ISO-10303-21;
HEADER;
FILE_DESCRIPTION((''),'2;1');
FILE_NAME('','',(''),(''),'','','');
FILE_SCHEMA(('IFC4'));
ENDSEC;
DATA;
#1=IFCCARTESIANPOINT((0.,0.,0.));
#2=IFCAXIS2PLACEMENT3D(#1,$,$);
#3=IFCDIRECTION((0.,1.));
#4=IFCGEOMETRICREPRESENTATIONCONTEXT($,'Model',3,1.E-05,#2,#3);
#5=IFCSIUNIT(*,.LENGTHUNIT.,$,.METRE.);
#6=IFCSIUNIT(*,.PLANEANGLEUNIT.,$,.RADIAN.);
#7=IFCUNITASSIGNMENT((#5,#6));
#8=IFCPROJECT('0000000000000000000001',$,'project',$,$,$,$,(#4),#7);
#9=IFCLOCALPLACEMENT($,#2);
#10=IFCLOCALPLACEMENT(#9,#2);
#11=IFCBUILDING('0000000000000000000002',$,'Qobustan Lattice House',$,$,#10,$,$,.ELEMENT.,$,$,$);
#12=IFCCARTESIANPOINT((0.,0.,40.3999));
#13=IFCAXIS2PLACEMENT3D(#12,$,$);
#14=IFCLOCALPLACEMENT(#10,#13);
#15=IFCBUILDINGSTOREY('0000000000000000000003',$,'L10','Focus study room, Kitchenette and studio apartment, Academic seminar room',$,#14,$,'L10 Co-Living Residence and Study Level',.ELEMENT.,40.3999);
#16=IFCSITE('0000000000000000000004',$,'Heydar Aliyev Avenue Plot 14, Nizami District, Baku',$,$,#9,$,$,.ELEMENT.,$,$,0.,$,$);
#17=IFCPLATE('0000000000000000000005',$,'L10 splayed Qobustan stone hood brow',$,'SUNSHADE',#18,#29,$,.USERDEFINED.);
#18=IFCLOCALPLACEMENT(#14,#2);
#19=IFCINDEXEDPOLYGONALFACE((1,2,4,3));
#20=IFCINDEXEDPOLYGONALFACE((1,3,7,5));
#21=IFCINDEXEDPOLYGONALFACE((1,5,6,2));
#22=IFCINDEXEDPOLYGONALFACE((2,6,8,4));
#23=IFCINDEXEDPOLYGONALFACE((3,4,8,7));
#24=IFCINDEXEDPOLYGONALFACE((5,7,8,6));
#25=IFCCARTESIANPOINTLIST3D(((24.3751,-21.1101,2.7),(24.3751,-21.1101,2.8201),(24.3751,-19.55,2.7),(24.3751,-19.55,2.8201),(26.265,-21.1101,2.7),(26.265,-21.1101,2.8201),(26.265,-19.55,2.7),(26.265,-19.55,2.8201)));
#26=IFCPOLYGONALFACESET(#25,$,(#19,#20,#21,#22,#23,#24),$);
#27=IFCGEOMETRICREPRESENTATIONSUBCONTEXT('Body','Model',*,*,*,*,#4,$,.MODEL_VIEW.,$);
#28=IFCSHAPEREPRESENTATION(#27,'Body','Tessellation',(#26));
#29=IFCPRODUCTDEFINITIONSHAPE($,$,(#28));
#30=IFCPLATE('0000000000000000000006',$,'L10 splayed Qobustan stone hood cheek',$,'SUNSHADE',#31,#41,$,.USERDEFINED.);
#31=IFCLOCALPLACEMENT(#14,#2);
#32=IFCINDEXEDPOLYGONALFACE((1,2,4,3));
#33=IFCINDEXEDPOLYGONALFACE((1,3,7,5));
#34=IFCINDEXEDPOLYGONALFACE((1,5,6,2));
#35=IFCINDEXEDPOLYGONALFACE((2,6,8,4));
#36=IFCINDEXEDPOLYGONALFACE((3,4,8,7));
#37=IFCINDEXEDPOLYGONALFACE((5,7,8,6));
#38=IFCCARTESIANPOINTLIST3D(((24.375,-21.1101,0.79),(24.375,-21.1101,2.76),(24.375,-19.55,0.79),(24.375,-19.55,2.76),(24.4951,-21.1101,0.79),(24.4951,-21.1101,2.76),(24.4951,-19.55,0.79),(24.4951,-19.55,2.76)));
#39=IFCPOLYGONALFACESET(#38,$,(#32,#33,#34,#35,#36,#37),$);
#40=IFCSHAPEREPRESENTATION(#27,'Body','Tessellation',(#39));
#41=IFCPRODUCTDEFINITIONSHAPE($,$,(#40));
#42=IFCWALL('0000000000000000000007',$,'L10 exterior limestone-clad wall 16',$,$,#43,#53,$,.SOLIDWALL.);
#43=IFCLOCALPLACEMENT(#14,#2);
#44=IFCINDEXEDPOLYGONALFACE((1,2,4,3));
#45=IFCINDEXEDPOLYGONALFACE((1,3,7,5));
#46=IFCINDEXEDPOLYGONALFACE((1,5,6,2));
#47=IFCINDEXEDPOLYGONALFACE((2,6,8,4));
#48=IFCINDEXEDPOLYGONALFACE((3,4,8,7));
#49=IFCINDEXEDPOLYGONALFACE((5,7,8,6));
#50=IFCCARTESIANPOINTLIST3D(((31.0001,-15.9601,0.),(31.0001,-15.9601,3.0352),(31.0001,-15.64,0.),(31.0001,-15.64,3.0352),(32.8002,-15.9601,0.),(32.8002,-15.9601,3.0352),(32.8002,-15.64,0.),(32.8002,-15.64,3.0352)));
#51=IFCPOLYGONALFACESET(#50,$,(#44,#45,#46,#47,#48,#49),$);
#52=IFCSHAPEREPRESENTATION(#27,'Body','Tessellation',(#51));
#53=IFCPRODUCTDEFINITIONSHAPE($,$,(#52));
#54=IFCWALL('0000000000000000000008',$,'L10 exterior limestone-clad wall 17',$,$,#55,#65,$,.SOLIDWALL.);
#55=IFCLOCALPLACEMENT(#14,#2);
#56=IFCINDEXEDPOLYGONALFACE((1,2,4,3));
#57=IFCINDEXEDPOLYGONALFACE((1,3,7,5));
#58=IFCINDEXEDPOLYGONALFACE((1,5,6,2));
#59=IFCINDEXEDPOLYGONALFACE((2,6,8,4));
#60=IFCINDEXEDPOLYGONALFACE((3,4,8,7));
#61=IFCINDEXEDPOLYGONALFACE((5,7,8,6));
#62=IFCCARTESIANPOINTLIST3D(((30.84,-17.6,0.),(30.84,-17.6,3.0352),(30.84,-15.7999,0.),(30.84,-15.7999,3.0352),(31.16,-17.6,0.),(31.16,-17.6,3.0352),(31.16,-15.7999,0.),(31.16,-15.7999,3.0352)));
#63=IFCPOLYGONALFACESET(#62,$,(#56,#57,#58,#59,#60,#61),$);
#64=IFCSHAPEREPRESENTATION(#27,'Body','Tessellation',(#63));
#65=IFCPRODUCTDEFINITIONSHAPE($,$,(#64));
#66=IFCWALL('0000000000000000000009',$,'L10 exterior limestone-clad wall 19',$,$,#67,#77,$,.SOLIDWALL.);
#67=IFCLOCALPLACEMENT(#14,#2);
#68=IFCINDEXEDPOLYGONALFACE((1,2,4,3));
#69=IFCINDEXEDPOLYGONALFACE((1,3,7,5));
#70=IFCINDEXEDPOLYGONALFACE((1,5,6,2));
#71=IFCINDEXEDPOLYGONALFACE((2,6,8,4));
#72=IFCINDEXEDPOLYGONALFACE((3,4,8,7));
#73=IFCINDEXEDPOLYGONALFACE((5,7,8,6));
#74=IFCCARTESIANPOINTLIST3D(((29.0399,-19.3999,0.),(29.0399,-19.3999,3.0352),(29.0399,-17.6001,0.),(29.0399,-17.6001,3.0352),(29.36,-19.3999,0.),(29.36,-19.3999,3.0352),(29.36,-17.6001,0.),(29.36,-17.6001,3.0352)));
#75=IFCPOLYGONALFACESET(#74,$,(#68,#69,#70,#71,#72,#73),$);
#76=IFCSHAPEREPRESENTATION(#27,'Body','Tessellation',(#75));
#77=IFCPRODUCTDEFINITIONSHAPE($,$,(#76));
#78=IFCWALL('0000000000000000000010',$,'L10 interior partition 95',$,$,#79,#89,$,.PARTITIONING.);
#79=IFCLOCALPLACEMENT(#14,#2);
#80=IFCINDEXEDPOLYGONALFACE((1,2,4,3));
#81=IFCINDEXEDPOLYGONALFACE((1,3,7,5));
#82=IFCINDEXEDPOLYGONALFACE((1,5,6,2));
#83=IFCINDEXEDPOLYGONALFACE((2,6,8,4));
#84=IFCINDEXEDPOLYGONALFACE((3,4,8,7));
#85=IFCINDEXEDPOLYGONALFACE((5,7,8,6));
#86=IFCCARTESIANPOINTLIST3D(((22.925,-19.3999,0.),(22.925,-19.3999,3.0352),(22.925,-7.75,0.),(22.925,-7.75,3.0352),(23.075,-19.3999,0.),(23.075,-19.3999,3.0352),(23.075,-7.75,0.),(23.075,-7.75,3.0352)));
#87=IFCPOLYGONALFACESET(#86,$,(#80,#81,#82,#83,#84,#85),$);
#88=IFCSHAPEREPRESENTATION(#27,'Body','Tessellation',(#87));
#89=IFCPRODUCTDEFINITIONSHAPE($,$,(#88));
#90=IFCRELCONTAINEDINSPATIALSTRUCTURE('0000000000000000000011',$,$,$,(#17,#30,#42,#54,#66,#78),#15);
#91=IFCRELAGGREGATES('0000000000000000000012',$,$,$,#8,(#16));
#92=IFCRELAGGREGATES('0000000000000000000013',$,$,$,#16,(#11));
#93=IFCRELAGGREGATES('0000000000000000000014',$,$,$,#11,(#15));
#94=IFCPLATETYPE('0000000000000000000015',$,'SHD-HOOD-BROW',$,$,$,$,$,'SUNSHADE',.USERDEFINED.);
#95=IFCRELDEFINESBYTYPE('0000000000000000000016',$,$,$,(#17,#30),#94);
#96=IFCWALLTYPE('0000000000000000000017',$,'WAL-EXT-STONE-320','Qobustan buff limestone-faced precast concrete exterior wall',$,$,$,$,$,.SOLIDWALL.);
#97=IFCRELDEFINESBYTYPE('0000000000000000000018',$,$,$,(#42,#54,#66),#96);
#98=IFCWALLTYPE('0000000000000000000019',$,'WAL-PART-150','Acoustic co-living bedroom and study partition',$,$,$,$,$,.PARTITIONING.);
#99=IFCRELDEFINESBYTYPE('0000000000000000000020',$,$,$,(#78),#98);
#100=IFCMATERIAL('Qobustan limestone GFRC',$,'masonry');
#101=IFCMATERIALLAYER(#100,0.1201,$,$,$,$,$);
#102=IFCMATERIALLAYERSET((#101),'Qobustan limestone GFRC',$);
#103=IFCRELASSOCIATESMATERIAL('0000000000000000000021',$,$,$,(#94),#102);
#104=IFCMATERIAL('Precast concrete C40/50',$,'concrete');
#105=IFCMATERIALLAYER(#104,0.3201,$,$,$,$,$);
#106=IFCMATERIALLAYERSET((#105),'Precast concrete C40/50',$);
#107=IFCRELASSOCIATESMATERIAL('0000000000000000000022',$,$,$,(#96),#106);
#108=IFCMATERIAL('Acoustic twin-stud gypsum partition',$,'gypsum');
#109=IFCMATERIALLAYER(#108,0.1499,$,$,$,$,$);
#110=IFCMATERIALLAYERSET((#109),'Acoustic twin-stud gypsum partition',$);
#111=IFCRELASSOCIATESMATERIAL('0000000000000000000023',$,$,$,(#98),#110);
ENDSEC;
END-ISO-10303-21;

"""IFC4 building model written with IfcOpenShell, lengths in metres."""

from ifc_helpers import new_model, si_unit, direction, frame, frame_2d, origin, origin_2d, place, context, subcontext, project, spatial, rectangle, extrude, material, layer, layer_set, type_object, element, save


model = new_model("IFC4")

# Units and contexts
model_context = context("Model", 3, precision=1e-05, world=origin(), true_north=direction((0.0, 1.0)))
body_context = subcontext(model_context, "Body", "Model", "MODEL_VIEW")
ifc_project = project(units=[si_unit("LENGTHUNIT", "METRE"), si_unit("PLANEANGLEUNIT", "RADIAN")], contexts=[model_context])

# Site, building, storey
site_placement = place(None, origin())
site = spatial("IfcSite", under=ifc_project, at=site_placement, Name="Heydar Aliyev Avenue Plot 14, Nizami District, Baku", CompositionType="ELEMENT", RefElevation=0.0)
building_placement = place(site_placement, origin())
building = spatial("IfcBuilding", under=site, at=building_placement, Name="Qobustan Lattice House", CompositionType="ELEMENT")
storey_placement = place(building_placement, frame((0.0, 0.0, 40.3999)))
storey = spatial("IfcBuildingStorey", under=building, at=storey_placement, Name="L10", Description="Focus study room, Kitchenette and studio apartment, Academic seminar room", LongName="L10 Co-Living Residence and Study Level", CompositionType="ELEMENT", Elevation=40.3999)

# Plates
ifc_material_1 = material(Name="Qobustan limestone GFRC", Category="masonry")
ifc_layer_1 = layer(ifc_material_1, 0.1201)
ifc_layer_set_1 = layer_set([ifc_layer_1], Name="Qobustan limestone GFRC")
plate_type_1 = type_object("IfcPlateType", Name="SHD-HOOD-BROW", ElementType="SUNSHADE", PredefinedType="USERDEFINED", material=ifc_layer_set_1)
plate_1_placement = place(storey_placement, frame((25.3201, -20.3301, 2.7), z_axis=(0.0, 0.0, 1.0), x_axis=(-1.0, 0.0, 0.0)))
element("IfcPlate", 1, at=plate_1_placement, inside=storey, type_object=plate_type_1, Name="L10 splayed Qobustan stone hood brow", ObjectType="SUNSHADE", PredefinedType="USERDEFINED", context=body_context, shape_type="SweptSolid", body=[
    extrude(rectangle(XDim=1.8899, YDim=1.5601, at=origin_2d()), origin(), (0.0, 0.0, 1.0), 0.1201),
])
plate_2_placement = place(storey_placement, frame((24.4351, -20.3301, 0.79), z_axis=(0.0, 0.0, 1.0), x_axis=(-1.0, 0.0, 0.0)))
element("IfcPlate", 2, at=plate_2_placement, inside=storey, type_object=plate_type_1, Name="L10 splayed Qobustan stone hood cheek", ObjectType="SUNSHADE", PredefinedType="USERDEFINED", context=body_context, shape_type="SweptSolid", body=[
    extrude(rectangle(XDim=0.1201, YDim=1.5601, at=origin_2d()), origin(), (0.0, 0.0, 1.0), 1.97),
])

# Walls
ifc_material_2 = material(Name="Precast concrete C40/50", Category="concrete")
ifc_layer_2 = layer(ifc_material_2, 0.3201)
ifc_layer_set_2 = layer_set([ifc_layer_2], Name="Precast concrete C40/50")
wall_type_1 = type_object("IfcWallType", Name="WAL-EXT-STONE-320", Description="Qobustan buff limestone-faced precast concrete exterior wall", PredefinedType="SOLIDWALL", material=ifc_layer_set_2)
for number, where, z_axis, x_axis, name in (
    (3, (32.8, -15.8, 0.0), (0.0, 0.0, 1.0), (-1.0, 0.0, 0.0), "L10 exterior limestone-clad wall 16"),
    (4, (31.0, -15.8, 0.0), (0.0, 0.0, 1.0), (0.0, -1.0, 0.0), "L10 exterior limestone-clad wall 17"),
):
    element("IfcWall", number, at=place(storey_placement, frame(where, z_axis=z_axis, x_axis=x_axis)), inside=storey, type_object=wall_type_1, Name=name, PredefinedType="SOLIDWALL", context=body_context, shape_type="SweptSolid", body=[
        extrude(rectangle(XDim=1.8, YDim=0.3201, at=frame_2d((0.8999, 0.0))), origin(), (0.0, 0.0, 1.0), 3.0352),
    ])
wall_1_placement = place(storey_placement, frame((29.2, -17.6001, 0.0), z_axis=(0.0, 0.0, 1.0), x_axis=(0.0, -1.0, 0.0)))
element("IfcWall", 5, at=wall_1_placement, inside=storey, type_object=wall_type_1, Name="L10 exterior limestone-clad wall 19", PredefinedType="SOLIDWALL", context=body_context, shape_type="SweptSolid", body=[
    extrude(rectangle(XDim=1.7998, YDim=0.3201, at=frame_2d((0.8999, 0.0))), origin(), (0.0, 0.0, 1.0), 3.0352),
])

# Wall
ifc_material_3 = material(Name="Acoustic twin-stud gypsum partition", Category="gypsum")
ifc_layer_3 = layer(ifc_material_3, 0.1499)
ifc_layer_set_3 = layer_set([ifc_layer_3], Name="Acoustic twin-stud gypsum partition")
wall_type_2 = type_object("IfcWallType", Name="WAL-PART-150", Description="Acoustic co-living bedroom and study partition", PredefinedType="PARTITIONING", material=ifc_layer_set_3)
wall_2_placement = place(storey_placement, frame((23.0, -19.3999, 0.0), z_axis=(0.0, 0.0, 1.0), x_axis=(0.0, 1.0, 0.0)))
element("IfcWall", 6, at=wall_2_placement, inside=storey, type_object=wall_type_2, Name="L10 interior partition 95", PredefinedType="PARTITIONING", context=body_context, shape_type="SweptSolid", body=[
    extrude(rectangle(XDim=11.6499, YDim=0.1499, at=frame_2d((5.825, 0.0))), origin(), (0.0, 0.0, 1.0), 3.0352),
])

save(model, "model.ifc")
